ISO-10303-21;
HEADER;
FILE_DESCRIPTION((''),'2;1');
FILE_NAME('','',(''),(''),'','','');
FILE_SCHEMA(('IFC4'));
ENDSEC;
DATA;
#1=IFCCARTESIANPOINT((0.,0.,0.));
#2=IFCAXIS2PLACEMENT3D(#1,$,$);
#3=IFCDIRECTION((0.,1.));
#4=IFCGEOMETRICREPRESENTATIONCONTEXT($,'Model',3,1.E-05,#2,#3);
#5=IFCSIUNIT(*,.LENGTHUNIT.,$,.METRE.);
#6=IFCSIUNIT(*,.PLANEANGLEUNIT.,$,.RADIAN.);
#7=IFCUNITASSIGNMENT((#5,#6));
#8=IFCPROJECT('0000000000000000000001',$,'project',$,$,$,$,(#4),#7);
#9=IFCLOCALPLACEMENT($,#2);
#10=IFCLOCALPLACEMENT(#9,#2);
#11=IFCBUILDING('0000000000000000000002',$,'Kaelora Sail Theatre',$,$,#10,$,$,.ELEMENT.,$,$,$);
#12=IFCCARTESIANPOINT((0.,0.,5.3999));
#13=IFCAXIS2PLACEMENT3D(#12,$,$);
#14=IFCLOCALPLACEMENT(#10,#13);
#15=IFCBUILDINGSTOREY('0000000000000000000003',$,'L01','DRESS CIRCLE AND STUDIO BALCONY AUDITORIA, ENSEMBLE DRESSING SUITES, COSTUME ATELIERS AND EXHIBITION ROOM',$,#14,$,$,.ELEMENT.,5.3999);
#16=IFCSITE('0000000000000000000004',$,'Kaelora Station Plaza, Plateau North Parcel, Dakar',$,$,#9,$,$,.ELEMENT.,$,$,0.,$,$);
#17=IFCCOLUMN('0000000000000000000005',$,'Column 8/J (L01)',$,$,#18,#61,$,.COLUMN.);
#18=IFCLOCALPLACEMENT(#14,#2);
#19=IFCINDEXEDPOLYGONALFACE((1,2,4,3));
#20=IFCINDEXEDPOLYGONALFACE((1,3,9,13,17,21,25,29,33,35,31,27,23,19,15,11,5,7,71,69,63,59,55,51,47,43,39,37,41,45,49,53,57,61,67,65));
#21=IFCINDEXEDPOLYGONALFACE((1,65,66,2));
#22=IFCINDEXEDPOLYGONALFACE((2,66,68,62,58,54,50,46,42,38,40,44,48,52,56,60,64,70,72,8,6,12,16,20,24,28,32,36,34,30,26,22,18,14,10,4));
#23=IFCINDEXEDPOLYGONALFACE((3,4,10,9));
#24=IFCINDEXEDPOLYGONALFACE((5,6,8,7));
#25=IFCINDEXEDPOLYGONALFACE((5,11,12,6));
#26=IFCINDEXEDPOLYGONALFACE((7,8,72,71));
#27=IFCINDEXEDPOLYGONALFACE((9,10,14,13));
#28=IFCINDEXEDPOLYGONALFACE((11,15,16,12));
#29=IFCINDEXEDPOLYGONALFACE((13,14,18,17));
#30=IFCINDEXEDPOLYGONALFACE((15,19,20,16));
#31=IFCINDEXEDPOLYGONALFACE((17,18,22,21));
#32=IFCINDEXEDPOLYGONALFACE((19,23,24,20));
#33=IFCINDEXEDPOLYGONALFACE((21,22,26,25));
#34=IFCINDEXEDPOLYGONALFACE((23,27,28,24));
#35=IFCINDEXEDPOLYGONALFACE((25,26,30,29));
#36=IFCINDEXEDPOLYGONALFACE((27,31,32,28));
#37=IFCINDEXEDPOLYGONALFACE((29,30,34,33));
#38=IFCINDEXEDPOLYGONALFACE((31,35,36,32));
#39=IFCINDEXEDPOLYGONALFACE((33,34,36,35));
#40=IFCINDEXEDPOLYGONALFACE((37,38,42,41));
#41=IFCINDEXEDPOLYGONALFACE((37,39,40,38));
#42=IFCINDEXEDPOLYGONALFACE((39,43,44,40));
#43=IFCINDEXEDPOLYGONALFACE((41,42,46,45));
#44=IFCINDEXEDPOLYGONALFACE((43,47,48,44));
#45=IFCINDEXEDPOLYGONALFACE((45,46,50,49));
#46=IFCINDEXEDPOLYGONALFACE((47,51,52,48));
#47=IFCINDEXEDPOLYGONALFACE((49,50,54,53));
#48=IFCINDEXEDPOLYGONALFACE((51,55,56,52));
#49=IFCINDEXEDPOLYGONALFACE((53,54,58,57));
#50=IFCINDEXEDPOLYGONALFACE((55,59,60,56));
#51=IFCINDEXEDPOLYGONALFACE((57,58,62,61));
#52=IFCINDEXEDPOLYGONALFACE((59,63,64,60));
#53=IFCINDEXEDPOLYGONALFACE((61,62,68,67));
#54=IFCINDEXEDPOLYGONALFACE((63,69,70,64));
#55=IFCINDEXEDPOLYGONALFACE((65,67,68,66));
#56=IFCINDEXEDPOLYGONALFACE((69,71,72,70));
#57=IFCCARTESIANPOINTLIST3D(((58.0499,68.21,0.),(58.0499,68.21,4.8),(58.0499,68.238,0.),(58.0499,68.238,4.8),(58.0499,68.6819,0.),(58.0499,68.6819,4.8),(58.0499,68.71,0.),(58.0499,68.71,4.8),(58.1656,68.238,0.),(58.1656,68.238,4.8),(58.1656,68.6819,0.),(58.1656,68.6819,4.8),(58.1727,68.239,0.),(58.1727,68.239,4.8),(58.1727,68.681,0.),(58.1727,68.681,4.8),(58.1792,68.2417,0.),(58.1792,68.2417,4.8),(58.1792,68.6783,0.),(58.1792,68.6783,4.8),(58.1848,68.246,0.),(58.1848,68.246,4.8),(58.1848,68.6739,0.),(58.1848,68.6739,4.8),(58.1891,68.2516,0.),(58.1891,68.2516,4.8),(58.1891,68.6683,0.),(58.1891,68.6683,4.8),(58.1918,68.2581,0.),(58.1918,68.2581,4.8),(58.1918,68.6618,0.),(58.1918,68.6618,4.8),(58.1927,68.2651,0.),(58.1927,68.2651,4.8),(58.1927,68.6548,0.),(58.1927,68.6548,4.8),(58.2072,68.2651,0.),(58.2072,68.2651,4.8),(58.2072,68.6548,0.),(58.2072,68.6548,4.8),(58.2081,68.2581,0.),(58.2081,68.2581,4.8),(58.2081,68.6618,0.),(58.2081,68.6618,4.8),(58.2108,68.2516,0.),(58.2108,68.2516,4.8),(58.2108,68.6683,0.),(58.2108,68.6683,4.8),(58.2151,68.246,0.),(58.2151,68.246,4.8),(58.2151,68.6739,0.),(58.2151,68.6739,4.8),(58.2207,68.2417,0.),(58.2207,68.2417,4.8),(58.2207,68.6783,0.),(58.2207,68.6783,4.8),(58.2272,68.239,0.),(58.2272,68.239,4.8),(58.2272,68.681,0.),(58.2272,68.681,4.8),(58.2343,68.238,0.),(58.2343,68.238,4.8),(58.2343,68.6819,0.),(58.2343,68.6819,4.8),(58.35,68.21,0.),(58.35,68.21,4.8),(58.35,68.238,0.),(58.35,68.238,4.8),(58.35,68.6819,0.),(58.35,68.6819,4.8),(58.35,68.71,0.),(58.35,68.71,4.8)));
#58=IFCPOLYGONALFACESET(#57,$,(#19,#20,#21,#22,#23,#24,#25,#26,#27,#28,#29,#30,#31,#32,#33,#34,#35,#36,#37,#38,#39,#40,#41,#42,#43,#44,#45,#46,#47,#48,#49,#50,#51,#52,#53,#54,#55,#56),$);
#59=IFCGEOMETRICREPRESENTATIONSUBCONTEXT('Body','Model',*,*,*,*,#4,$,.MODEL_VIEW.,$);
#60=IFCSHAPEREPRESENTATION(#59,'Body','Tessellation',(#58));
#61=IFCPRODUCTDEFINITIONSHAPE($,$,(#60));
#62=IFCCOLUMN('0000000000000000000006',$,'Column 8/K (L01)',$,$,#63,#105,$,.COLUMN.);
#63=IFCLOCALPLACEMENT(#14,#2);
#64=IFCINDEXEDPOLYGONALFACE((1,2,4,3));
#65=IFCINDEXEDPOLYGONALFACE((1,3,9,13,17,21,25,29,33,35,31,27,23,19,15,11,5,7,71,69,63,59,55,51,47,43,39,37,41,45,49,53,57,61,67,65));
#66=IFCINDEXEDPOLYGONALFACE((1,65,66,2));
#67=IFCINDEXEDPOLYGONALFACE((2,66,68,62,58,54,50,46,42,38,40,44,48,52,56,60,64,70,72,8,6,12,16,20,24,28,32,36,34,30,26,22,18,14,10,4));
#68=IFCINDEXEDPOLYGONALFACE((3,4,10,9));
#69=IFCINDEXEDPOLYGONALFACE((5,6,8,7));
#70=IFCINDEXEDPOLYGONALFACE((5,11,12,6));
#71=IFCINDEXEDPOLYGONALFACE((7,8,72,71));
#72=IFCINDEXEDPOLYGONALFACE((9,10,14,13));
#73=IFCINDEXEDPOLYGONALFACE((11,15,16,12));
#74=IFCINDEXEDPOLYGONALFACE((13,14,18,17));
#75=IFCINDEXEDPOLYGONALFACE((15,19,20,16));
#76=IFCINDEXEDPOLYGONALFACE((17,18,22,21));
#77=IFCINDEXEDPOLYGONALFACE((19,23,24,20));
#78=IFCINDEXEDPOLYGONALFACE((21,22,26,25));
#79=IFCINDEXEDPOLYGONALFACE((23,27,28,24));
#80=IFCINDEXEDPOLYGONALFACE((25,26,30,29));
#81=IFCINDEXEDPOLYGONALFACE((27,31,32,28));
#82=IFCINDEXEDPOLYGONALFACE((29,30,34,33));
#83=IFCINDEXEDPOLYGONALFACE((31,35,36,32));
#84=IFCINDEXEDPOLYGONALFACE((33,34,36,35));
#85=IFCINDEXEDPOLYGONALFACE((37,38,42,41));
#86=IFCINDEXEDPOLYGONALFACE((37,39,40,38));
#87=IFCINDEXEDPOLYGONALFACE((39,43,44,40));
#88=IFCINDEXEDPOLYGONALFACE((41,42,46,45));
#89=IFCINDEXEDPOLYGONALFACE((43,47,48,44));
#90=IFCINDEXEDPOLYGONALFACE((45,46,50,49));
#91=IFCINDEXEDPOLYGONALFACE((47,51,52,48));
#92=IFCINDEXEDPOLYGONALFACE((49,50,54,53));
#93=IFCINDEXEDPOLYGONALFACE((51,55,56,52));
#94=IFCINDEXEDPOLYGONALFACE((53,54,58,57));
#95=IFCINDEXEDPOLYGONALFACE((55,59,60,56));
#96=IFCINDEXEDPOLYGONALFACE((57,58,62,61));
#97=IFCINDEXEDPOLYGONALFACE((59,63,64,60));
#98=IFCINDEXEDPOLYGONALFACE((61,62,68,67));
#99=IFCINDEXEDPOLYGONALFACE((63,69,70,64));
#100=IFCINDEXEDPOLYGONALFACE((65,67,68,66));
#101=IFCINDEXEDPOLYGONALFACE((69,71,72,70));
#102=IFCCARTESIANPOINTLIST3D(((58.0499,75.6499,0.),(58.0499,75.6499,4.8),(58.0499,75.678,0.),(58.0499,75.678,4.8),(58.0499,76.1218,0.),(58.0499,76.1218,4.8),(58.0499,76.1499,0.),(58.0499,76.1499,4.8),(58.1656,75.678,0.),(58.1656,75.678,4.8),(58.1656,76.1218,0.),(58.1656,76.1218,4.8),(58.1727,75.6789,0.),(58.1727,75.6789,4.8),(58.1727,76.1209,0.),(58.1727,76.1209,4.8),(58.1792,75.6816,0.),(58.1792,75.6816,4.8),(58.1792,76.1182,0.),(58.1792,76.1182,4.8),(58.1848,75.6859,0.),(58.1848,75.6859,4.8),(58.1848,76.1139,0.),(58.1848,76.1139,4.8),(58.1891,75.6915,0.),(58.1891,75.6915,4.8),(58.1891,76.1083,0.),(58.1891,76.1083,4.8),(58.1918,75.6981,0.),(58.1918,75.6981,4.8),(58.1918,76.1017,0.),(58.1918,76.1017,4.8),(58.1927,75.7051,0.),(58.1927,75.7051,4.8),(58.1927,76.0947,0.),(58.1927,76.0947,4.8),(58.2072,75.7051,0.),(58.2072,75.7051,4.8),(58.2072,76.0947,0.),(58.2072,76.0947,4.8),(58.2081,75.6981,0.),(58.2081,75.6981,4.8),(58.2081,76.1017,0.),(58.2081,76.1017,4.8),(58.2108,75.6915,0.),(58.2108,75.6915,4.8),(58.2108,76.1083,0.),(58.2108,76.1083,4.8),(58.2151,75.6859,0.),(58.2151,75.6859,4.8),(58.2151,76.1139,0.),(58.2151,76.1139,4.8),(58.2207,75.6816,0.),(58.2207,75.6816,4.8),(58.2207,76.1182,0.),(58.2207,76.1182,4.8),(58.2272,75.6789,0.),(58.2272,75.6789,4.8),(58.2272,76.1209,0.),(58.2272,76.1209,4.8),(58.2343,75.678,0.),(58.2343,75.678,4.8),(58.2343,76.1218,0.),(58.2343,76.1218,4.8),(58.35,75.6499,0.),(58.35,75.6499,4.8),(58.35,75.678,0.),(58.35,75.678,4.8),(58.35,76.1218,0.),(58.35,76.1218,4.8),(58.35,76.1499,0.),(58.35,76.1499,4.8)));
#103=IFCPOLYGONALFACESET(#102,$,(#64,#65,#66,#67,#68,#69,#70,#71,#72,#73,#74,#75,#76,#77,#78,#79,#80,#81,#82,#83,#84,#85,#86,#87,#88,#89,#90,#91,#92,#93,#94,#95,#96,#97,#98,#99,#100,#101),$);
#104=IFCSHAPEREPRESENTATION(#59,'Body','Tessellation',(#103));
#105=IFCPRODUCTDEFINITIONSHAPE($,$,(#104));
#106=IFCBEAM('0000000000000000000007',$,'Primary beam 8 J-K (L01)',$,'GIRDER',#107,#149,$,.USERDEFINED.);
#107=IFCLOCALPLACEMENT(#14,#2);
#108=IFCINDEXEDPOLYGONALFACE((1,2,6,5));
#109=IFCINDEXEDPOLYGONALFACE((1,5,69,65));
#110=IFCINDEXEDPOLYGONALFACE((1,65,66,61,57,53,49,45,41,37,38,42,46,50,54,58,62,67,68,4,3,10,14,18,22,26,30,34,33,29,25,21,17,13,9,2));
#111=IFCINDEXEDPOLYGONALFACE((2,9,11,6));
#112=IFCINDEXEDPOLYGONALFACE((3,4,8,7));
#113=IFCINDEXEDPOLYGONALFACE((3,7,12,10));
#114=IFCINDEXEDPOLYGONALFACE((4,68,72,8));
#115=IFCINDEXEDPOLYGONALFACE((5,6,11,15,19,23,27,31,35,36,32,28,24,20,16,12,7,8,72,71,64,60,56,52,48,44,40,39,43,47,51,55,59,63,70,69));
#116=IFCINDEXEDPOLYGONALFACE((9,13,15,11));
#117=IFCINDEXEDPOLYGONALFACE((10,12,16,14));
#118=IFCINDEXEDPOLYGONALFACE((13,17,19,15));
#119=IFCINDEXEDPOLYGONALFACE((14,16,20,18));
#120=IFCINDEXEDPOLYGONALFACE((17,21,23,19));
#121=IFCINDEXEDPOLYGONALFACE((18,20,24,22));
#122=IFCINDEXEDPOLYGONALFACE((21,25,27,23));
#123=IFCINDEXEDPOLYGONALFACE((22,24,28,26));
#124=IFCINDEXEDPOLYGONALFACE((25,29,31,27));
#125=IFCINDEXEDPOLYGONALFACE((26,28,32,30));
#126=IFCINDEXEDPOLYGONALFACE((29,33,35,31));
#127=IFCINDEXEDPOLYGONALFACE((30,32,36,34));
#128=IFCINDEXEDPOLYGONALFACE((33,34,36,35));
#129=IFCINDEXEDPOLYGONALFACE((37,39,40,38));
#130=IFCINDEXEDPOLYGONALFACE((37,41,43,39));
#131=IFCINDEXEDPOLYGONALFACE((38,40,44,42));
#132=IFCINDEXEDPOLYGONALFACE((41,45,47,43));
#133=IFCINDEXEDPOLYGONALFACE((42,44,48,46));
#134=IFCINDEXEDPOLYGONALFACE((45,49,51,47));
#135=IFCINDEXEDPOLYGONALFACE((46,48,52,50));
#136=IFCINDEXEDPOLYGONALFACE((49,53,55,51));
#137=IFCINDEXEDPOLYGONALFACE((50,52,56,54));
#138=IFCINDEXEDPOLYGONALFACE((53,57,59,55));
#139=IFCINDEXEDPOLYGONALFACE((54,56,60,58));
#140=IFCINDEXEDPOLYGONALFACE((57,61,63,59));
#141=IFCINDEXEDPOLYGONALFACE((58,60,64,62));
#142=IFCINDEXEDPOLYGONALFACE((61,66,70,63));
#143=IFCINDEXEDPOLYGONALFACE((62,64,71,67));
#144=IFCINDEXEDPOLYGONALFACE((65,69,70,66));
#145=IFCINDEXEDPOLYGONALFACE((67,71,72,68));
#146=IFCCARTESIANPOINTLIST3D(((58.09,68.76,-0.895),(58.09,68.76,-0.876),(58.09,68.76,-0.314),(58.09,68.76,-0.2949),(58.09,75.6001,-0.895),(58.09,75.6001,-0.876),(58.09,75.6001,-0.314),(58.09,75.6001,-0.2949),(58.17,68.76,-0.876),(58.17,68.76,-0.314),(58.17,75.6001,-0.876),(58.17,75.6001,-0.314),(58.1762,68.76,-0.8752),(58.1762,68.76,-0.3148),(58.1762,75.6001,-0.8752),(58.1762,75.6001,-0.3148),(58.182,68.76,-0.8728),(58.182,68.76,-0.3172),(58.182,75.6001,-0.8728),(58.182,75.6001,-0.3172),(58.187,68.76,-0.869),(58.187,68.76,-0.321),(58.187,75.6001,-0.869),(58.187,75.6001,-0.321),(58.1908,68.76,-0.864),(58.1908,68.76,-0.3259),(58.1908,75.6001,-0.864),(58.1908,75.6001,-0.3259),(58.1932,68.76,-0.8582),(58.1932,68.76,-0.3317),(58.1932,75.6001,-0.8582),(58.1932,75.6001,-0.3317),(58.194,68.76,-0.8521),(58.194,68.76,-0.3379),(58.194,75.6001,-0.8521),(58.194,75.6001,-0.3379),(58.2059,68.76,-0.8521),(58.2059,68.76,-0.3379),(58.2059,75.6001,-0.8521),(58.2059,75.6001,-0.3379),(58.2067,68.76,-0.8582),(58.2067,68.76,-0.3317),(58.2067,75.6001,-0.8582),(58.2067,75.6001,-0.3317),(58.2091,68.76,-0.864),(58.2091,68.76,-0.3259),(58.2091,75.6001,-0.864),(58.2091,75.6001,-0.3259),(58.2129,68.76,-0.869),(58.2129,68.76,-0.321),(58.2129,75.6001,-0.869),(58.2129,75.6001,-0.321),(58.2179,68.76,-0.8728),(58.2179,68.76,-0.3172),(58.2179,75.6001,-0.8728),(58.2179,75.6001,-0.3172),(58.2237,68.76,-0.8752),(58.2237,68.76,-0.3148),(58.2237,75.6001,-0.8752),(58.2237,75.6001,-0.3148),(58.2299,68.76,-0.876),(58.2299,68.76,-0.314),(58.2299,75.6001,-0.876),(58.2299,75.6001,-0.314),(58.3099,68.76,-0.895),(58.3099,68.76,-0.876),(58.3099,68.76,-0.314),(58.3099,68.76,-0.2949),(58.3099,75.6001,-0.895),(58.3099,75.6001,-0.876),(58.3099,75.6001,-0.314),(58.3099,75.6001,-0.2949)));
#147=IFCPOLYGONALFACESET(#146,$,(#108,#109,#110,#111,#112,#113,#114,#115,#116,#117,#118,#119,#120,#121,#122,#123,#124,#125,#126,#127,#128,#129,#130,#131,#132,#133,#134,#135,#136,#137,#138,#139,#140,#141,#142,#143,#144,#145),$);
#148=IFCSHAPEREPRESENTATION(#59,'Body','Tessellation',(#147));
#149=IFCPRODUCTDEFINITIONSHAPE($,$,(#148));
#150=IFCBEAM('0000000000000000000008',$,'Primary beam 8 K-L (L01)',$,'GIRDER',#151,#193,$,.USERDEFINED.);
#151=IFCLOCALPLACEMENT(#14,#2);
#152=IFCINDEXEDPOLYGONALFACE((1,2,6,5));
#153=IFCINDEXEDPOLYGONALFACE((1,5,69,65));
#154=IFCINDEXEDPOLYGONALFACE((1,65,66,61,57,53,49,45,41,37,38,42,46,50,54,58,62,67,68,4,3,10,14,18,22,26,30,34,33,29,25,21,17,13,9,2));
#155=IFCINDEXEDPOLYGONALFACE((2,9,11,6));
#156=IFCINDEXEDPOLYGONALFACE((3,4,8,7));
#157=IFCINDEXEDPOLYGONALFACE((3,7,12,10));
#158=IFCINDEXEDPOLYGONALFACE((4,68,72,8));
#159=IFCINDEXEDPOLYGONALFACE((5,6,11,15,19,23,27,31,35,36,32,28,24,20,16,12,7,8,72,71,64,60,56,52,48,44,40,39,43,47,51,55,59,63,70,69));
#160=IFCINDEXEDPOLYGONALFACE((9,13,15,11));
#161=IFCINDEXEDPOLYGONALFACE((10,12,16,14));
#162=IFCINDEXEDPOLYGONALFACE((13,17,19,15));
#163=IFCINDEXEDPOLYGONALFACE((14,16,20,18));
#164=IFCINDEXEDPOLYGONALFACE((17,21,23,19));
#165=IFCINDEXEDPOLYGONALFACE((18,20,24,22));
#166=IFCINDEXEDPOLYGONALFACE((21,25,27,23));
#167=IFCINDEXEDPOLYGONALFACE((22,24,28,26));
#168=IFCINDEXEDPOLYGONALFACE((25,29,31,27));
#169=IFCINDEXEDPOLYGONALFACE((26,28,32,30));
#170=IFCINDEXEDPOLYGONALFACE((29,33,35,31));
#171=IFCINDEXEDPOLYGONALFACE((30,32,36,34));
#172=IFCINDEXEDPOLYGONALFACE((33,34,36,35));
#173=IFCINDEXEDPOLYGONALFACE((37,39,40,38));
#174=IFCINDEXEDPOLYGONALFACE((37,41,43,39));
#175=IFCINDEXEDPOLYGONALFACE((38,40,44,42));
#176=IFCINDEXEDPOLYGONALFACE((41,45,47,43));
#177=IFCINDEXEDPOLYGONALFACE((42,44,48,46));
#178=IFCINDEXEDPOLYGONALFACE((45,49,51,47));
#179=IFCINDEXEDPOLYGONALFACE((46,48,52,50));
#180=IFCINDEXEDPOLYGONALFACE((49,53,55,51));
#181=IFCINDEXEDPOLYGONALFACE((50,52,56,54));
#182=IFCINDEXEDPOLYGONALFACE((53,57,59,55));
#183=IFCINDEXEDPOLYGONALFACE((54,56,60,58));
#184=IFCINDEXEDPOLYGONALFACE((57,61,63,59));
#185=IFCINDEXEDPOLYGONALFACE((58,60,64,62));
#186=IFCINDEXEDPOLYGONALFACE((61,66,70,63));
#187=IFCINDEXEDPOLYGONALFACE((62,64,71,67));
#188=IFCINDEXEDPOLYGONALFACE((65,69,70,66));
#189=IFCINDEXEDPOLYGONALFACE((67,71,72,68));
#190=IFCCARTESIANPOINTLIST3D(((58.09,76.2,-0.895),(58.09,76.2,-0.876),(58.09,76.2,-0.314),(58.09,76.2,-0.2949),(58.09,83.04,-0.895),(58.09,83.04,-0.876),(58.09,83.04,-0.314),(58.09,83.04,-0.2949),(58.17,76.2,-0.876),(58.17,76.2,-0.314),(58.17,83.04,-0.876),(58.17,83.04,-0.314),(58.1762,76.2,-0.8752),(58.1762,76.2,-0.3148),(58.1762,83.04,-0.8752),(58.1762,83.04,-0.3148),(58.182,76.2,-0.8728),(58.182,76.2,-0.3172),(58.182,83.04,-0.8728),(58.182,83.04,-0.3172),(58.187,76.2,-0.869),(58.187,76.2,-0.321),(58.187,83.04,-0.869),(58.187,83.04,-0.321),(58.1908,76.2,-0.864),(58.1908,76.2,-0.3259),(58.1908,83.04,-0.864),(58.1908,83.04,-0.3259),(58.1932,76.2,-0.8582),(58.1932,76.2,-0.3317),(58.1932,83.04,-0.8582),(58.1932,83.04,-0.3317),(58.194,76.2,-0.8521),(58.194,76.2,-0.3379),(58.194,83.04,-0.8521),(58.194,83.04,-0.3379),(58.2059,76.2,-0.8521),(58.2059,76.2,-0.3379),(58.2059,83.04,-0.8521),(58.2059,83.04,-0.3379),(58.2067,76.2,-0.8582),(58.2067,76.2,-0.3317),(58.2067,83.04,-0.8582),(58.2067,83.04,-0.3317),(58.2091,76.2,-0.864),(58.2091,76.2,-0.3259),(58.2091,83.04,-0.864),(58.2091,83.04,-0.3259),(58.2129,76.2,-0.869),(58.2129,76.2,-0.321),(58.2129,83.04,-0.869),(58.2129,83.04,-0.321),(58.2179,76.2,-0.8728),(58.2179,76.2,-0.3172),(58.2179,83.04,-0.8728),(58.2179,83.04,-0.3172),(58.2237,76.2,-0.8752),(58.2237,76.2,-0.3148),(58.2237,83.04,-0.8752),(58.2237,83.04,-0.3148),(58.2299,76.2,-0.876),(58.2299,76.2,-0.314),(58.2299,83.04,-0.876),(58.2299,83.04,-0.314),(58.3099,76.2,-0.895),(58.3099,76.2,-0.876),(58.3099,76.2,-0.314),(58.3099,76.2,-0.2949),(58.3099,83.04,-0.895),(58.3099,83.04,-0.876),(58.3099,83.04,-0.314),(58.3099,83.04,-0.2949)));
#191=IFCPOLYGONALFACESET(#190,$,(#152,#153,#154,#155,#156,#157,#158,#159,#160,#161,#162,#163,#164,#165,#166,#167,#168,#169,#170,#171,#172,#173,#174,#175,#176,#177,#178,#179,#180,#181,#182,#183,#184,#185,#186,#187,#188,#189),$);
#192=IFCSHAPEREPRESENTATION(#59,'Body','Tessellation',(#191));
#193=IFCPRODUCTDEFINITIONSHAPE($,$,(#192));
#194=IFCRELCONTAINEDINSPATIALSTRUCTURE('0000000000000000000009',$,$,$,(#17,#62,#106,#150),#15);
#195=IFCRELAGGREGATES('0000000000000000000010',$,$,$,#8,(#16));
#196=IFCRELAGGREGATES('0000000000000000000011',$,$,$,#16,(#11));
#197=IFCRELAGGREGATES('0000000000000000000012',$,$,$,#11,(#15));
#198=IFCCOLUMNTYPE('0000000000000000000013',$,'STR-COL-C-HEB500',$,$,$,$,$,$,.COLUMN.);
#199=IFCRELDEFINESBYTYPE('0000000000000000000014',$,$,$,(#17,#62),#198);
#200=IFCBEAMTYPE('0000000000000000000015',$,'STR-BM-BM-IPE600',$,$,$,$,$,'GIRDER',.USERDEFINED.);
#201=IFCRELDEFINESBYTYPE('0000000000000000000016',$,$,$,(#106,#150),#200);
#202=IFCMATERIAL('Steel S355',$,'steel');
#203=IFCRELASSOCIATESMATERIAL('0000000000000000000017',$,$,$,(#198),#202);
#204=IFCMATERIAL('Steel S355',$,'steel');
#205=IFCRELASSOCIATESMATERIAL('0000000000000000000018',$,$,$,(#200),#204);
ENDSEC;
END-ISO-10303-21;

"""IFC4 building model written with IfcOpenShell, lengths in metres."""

from ifc_helpers import new_model, si_unit, direction, frame, origin, origin_2d, place, context, subcontext, project, spatial, i_section, extrude, material, material_profile, profile_set, type_object, element, save


model = new_model("IFC4")

# Units and contexts
model_context = context("Model", 3, precision=1e-05, world=origin(), true_north=direction((0.0, 1.0)))
body_context = subcontext(model_context, "Body", "Model", "MODEL_VIEW")
ifc_project = project(units=[si_unit("LENGTHUNIT", "METRE"), si_unit("PLANEANGLEUNIT", "RADIAN")], contexts=[model_context])

# Site, building, storey
site_placement = place(None, origin())
site = spatial("IfcSite", under=ifc_project, at=site_placement, Name="Kaelora Station Plaza, Plateau North Parcel, Dakar", CompositionType="ELEMENT", RefElevation=0.0)
building_placement = place(site_placement, origin())
building = spatial("IfcBuilding", under=site, at=building_placement, Name="Kaelora Sail Theatre", CompositionType="ELEMENT")
storey_placement = place(building_placement, frame((0.0, 0.0, 5.3999)))
storey = spatial("IfcBuildingStorey", under=building, at=storey_placement, Name="L01", Description="DRESS CIRCLE AND STUDIO BALCONY AUDITORIA, ENSEMBLE DRESSING SUITES, COSTUME ATELIERS AND EXHIBITION ROOM", CompositionType="ELEMENT", Elevation=5.3999)

# Columns
ifc_material_1 = material(Name="Steel S355", Category="steel")
ifc_material_profile_1 = material_profile(ifc_material_1, i_section(OverallWidth=0.3, OverallDepth=0.5, WebThickness=0.0144, FlangeThickness=0.0281, FilletRadius=0.0271, at=origin_2d()), Name="HEB 500")
ifc_profile_set_1 = profile_set([ifc_material_profile_1], Name="Steel S355")
column_type = type_object("IfcColumnType", Name="STR-COL-C-HEB500", PredefinedType="COLUMN", material=ifc_profile_set_1)
for number, where, z_axis, x_axis, name in (
    (1, (58.2, 68.46, 0.0), (0.0, 0.0, 1.0), (1.0, 0.0, 0.0), "Column 8/J (L01)"),
    (2, (58.2, 75.8999, 0.0), (0.0, 0.0, 1.0), (1.0, 0.0, 0.0), "Column 8/K (L01)"),
):
    element("IfcColumn", number, at=place(storey_placement, frame(where, z_axis=z_axis, x_axis=x_axis)), inside=storey, type_object=column_type, Name=name, PredefinedType="COLUMN", context=body_context, shape_type="SweptSolid", body=[
        extrude(i_section(OverallWidth=0.3, OverallDepth=0.5, WebThickness=0.0144, FlangeThickness=0.0281, FilletRadius=0.0271, at=origin_2d()), origin(), (0.0, 0.0, 1.0), 4.8),
    ])

# Beams
ifc_material_2 = material(Name="Steel S355", Category="steel")
ifc_material_profile_2 = material_profile(ifc_material_2, i_section(OverallWidth=0.22, OverallDepth=0.6001, WebThickness=0.012, FlangeThickness=0.019, FilletRadius=0.0239, at=origin_2d()), Name="IPE 600")
ifc_profile_set_2 = profile_set([ifc_material_profile_2], Name="Steel S355")
beam_type = type_object("IfcBeamType", Name="STR-BM-BM-IPE600", ElementType="GIRDER", PredefinedType="USERDEFINED", material=ifc_profile_set_2)
for number, where, z_axis, x_axis, name in (
    (3, (58.2, 68.76, -0.595), (0.0, 1.0, 0.0), (-1.0, 0.0, 0.0), "Primary beam 8 J-K (L01)"),
    (4, (58.2, 76.2, -0.595), (0.0, 1.0, 0.0), (-1.0, 0.0, 0.0), "Primary beam 8 K-L (L01)"),
):
    element("IfcBeam", number, at=place(storey_placement, frame(where, z_axis=z_axis, x_axis=x_axis)), inside=storey, type_object=beam_type, Name=name, ObjectType="GIRDER", PredefinedType="USERDEFINED", context=body_context, shape_type="SweptSolid", body=[
        extrude(i_section(OverallWidth=0.22, OverallDepth=0.6001, WebThickness=0.012, FlangeThickness=0.019, FilletRadius=0.0239, at=origin_2d()), origin(), (0.0, 0.0, 1.0), 6.8401),
    ])

save(model, "model.ifc")
